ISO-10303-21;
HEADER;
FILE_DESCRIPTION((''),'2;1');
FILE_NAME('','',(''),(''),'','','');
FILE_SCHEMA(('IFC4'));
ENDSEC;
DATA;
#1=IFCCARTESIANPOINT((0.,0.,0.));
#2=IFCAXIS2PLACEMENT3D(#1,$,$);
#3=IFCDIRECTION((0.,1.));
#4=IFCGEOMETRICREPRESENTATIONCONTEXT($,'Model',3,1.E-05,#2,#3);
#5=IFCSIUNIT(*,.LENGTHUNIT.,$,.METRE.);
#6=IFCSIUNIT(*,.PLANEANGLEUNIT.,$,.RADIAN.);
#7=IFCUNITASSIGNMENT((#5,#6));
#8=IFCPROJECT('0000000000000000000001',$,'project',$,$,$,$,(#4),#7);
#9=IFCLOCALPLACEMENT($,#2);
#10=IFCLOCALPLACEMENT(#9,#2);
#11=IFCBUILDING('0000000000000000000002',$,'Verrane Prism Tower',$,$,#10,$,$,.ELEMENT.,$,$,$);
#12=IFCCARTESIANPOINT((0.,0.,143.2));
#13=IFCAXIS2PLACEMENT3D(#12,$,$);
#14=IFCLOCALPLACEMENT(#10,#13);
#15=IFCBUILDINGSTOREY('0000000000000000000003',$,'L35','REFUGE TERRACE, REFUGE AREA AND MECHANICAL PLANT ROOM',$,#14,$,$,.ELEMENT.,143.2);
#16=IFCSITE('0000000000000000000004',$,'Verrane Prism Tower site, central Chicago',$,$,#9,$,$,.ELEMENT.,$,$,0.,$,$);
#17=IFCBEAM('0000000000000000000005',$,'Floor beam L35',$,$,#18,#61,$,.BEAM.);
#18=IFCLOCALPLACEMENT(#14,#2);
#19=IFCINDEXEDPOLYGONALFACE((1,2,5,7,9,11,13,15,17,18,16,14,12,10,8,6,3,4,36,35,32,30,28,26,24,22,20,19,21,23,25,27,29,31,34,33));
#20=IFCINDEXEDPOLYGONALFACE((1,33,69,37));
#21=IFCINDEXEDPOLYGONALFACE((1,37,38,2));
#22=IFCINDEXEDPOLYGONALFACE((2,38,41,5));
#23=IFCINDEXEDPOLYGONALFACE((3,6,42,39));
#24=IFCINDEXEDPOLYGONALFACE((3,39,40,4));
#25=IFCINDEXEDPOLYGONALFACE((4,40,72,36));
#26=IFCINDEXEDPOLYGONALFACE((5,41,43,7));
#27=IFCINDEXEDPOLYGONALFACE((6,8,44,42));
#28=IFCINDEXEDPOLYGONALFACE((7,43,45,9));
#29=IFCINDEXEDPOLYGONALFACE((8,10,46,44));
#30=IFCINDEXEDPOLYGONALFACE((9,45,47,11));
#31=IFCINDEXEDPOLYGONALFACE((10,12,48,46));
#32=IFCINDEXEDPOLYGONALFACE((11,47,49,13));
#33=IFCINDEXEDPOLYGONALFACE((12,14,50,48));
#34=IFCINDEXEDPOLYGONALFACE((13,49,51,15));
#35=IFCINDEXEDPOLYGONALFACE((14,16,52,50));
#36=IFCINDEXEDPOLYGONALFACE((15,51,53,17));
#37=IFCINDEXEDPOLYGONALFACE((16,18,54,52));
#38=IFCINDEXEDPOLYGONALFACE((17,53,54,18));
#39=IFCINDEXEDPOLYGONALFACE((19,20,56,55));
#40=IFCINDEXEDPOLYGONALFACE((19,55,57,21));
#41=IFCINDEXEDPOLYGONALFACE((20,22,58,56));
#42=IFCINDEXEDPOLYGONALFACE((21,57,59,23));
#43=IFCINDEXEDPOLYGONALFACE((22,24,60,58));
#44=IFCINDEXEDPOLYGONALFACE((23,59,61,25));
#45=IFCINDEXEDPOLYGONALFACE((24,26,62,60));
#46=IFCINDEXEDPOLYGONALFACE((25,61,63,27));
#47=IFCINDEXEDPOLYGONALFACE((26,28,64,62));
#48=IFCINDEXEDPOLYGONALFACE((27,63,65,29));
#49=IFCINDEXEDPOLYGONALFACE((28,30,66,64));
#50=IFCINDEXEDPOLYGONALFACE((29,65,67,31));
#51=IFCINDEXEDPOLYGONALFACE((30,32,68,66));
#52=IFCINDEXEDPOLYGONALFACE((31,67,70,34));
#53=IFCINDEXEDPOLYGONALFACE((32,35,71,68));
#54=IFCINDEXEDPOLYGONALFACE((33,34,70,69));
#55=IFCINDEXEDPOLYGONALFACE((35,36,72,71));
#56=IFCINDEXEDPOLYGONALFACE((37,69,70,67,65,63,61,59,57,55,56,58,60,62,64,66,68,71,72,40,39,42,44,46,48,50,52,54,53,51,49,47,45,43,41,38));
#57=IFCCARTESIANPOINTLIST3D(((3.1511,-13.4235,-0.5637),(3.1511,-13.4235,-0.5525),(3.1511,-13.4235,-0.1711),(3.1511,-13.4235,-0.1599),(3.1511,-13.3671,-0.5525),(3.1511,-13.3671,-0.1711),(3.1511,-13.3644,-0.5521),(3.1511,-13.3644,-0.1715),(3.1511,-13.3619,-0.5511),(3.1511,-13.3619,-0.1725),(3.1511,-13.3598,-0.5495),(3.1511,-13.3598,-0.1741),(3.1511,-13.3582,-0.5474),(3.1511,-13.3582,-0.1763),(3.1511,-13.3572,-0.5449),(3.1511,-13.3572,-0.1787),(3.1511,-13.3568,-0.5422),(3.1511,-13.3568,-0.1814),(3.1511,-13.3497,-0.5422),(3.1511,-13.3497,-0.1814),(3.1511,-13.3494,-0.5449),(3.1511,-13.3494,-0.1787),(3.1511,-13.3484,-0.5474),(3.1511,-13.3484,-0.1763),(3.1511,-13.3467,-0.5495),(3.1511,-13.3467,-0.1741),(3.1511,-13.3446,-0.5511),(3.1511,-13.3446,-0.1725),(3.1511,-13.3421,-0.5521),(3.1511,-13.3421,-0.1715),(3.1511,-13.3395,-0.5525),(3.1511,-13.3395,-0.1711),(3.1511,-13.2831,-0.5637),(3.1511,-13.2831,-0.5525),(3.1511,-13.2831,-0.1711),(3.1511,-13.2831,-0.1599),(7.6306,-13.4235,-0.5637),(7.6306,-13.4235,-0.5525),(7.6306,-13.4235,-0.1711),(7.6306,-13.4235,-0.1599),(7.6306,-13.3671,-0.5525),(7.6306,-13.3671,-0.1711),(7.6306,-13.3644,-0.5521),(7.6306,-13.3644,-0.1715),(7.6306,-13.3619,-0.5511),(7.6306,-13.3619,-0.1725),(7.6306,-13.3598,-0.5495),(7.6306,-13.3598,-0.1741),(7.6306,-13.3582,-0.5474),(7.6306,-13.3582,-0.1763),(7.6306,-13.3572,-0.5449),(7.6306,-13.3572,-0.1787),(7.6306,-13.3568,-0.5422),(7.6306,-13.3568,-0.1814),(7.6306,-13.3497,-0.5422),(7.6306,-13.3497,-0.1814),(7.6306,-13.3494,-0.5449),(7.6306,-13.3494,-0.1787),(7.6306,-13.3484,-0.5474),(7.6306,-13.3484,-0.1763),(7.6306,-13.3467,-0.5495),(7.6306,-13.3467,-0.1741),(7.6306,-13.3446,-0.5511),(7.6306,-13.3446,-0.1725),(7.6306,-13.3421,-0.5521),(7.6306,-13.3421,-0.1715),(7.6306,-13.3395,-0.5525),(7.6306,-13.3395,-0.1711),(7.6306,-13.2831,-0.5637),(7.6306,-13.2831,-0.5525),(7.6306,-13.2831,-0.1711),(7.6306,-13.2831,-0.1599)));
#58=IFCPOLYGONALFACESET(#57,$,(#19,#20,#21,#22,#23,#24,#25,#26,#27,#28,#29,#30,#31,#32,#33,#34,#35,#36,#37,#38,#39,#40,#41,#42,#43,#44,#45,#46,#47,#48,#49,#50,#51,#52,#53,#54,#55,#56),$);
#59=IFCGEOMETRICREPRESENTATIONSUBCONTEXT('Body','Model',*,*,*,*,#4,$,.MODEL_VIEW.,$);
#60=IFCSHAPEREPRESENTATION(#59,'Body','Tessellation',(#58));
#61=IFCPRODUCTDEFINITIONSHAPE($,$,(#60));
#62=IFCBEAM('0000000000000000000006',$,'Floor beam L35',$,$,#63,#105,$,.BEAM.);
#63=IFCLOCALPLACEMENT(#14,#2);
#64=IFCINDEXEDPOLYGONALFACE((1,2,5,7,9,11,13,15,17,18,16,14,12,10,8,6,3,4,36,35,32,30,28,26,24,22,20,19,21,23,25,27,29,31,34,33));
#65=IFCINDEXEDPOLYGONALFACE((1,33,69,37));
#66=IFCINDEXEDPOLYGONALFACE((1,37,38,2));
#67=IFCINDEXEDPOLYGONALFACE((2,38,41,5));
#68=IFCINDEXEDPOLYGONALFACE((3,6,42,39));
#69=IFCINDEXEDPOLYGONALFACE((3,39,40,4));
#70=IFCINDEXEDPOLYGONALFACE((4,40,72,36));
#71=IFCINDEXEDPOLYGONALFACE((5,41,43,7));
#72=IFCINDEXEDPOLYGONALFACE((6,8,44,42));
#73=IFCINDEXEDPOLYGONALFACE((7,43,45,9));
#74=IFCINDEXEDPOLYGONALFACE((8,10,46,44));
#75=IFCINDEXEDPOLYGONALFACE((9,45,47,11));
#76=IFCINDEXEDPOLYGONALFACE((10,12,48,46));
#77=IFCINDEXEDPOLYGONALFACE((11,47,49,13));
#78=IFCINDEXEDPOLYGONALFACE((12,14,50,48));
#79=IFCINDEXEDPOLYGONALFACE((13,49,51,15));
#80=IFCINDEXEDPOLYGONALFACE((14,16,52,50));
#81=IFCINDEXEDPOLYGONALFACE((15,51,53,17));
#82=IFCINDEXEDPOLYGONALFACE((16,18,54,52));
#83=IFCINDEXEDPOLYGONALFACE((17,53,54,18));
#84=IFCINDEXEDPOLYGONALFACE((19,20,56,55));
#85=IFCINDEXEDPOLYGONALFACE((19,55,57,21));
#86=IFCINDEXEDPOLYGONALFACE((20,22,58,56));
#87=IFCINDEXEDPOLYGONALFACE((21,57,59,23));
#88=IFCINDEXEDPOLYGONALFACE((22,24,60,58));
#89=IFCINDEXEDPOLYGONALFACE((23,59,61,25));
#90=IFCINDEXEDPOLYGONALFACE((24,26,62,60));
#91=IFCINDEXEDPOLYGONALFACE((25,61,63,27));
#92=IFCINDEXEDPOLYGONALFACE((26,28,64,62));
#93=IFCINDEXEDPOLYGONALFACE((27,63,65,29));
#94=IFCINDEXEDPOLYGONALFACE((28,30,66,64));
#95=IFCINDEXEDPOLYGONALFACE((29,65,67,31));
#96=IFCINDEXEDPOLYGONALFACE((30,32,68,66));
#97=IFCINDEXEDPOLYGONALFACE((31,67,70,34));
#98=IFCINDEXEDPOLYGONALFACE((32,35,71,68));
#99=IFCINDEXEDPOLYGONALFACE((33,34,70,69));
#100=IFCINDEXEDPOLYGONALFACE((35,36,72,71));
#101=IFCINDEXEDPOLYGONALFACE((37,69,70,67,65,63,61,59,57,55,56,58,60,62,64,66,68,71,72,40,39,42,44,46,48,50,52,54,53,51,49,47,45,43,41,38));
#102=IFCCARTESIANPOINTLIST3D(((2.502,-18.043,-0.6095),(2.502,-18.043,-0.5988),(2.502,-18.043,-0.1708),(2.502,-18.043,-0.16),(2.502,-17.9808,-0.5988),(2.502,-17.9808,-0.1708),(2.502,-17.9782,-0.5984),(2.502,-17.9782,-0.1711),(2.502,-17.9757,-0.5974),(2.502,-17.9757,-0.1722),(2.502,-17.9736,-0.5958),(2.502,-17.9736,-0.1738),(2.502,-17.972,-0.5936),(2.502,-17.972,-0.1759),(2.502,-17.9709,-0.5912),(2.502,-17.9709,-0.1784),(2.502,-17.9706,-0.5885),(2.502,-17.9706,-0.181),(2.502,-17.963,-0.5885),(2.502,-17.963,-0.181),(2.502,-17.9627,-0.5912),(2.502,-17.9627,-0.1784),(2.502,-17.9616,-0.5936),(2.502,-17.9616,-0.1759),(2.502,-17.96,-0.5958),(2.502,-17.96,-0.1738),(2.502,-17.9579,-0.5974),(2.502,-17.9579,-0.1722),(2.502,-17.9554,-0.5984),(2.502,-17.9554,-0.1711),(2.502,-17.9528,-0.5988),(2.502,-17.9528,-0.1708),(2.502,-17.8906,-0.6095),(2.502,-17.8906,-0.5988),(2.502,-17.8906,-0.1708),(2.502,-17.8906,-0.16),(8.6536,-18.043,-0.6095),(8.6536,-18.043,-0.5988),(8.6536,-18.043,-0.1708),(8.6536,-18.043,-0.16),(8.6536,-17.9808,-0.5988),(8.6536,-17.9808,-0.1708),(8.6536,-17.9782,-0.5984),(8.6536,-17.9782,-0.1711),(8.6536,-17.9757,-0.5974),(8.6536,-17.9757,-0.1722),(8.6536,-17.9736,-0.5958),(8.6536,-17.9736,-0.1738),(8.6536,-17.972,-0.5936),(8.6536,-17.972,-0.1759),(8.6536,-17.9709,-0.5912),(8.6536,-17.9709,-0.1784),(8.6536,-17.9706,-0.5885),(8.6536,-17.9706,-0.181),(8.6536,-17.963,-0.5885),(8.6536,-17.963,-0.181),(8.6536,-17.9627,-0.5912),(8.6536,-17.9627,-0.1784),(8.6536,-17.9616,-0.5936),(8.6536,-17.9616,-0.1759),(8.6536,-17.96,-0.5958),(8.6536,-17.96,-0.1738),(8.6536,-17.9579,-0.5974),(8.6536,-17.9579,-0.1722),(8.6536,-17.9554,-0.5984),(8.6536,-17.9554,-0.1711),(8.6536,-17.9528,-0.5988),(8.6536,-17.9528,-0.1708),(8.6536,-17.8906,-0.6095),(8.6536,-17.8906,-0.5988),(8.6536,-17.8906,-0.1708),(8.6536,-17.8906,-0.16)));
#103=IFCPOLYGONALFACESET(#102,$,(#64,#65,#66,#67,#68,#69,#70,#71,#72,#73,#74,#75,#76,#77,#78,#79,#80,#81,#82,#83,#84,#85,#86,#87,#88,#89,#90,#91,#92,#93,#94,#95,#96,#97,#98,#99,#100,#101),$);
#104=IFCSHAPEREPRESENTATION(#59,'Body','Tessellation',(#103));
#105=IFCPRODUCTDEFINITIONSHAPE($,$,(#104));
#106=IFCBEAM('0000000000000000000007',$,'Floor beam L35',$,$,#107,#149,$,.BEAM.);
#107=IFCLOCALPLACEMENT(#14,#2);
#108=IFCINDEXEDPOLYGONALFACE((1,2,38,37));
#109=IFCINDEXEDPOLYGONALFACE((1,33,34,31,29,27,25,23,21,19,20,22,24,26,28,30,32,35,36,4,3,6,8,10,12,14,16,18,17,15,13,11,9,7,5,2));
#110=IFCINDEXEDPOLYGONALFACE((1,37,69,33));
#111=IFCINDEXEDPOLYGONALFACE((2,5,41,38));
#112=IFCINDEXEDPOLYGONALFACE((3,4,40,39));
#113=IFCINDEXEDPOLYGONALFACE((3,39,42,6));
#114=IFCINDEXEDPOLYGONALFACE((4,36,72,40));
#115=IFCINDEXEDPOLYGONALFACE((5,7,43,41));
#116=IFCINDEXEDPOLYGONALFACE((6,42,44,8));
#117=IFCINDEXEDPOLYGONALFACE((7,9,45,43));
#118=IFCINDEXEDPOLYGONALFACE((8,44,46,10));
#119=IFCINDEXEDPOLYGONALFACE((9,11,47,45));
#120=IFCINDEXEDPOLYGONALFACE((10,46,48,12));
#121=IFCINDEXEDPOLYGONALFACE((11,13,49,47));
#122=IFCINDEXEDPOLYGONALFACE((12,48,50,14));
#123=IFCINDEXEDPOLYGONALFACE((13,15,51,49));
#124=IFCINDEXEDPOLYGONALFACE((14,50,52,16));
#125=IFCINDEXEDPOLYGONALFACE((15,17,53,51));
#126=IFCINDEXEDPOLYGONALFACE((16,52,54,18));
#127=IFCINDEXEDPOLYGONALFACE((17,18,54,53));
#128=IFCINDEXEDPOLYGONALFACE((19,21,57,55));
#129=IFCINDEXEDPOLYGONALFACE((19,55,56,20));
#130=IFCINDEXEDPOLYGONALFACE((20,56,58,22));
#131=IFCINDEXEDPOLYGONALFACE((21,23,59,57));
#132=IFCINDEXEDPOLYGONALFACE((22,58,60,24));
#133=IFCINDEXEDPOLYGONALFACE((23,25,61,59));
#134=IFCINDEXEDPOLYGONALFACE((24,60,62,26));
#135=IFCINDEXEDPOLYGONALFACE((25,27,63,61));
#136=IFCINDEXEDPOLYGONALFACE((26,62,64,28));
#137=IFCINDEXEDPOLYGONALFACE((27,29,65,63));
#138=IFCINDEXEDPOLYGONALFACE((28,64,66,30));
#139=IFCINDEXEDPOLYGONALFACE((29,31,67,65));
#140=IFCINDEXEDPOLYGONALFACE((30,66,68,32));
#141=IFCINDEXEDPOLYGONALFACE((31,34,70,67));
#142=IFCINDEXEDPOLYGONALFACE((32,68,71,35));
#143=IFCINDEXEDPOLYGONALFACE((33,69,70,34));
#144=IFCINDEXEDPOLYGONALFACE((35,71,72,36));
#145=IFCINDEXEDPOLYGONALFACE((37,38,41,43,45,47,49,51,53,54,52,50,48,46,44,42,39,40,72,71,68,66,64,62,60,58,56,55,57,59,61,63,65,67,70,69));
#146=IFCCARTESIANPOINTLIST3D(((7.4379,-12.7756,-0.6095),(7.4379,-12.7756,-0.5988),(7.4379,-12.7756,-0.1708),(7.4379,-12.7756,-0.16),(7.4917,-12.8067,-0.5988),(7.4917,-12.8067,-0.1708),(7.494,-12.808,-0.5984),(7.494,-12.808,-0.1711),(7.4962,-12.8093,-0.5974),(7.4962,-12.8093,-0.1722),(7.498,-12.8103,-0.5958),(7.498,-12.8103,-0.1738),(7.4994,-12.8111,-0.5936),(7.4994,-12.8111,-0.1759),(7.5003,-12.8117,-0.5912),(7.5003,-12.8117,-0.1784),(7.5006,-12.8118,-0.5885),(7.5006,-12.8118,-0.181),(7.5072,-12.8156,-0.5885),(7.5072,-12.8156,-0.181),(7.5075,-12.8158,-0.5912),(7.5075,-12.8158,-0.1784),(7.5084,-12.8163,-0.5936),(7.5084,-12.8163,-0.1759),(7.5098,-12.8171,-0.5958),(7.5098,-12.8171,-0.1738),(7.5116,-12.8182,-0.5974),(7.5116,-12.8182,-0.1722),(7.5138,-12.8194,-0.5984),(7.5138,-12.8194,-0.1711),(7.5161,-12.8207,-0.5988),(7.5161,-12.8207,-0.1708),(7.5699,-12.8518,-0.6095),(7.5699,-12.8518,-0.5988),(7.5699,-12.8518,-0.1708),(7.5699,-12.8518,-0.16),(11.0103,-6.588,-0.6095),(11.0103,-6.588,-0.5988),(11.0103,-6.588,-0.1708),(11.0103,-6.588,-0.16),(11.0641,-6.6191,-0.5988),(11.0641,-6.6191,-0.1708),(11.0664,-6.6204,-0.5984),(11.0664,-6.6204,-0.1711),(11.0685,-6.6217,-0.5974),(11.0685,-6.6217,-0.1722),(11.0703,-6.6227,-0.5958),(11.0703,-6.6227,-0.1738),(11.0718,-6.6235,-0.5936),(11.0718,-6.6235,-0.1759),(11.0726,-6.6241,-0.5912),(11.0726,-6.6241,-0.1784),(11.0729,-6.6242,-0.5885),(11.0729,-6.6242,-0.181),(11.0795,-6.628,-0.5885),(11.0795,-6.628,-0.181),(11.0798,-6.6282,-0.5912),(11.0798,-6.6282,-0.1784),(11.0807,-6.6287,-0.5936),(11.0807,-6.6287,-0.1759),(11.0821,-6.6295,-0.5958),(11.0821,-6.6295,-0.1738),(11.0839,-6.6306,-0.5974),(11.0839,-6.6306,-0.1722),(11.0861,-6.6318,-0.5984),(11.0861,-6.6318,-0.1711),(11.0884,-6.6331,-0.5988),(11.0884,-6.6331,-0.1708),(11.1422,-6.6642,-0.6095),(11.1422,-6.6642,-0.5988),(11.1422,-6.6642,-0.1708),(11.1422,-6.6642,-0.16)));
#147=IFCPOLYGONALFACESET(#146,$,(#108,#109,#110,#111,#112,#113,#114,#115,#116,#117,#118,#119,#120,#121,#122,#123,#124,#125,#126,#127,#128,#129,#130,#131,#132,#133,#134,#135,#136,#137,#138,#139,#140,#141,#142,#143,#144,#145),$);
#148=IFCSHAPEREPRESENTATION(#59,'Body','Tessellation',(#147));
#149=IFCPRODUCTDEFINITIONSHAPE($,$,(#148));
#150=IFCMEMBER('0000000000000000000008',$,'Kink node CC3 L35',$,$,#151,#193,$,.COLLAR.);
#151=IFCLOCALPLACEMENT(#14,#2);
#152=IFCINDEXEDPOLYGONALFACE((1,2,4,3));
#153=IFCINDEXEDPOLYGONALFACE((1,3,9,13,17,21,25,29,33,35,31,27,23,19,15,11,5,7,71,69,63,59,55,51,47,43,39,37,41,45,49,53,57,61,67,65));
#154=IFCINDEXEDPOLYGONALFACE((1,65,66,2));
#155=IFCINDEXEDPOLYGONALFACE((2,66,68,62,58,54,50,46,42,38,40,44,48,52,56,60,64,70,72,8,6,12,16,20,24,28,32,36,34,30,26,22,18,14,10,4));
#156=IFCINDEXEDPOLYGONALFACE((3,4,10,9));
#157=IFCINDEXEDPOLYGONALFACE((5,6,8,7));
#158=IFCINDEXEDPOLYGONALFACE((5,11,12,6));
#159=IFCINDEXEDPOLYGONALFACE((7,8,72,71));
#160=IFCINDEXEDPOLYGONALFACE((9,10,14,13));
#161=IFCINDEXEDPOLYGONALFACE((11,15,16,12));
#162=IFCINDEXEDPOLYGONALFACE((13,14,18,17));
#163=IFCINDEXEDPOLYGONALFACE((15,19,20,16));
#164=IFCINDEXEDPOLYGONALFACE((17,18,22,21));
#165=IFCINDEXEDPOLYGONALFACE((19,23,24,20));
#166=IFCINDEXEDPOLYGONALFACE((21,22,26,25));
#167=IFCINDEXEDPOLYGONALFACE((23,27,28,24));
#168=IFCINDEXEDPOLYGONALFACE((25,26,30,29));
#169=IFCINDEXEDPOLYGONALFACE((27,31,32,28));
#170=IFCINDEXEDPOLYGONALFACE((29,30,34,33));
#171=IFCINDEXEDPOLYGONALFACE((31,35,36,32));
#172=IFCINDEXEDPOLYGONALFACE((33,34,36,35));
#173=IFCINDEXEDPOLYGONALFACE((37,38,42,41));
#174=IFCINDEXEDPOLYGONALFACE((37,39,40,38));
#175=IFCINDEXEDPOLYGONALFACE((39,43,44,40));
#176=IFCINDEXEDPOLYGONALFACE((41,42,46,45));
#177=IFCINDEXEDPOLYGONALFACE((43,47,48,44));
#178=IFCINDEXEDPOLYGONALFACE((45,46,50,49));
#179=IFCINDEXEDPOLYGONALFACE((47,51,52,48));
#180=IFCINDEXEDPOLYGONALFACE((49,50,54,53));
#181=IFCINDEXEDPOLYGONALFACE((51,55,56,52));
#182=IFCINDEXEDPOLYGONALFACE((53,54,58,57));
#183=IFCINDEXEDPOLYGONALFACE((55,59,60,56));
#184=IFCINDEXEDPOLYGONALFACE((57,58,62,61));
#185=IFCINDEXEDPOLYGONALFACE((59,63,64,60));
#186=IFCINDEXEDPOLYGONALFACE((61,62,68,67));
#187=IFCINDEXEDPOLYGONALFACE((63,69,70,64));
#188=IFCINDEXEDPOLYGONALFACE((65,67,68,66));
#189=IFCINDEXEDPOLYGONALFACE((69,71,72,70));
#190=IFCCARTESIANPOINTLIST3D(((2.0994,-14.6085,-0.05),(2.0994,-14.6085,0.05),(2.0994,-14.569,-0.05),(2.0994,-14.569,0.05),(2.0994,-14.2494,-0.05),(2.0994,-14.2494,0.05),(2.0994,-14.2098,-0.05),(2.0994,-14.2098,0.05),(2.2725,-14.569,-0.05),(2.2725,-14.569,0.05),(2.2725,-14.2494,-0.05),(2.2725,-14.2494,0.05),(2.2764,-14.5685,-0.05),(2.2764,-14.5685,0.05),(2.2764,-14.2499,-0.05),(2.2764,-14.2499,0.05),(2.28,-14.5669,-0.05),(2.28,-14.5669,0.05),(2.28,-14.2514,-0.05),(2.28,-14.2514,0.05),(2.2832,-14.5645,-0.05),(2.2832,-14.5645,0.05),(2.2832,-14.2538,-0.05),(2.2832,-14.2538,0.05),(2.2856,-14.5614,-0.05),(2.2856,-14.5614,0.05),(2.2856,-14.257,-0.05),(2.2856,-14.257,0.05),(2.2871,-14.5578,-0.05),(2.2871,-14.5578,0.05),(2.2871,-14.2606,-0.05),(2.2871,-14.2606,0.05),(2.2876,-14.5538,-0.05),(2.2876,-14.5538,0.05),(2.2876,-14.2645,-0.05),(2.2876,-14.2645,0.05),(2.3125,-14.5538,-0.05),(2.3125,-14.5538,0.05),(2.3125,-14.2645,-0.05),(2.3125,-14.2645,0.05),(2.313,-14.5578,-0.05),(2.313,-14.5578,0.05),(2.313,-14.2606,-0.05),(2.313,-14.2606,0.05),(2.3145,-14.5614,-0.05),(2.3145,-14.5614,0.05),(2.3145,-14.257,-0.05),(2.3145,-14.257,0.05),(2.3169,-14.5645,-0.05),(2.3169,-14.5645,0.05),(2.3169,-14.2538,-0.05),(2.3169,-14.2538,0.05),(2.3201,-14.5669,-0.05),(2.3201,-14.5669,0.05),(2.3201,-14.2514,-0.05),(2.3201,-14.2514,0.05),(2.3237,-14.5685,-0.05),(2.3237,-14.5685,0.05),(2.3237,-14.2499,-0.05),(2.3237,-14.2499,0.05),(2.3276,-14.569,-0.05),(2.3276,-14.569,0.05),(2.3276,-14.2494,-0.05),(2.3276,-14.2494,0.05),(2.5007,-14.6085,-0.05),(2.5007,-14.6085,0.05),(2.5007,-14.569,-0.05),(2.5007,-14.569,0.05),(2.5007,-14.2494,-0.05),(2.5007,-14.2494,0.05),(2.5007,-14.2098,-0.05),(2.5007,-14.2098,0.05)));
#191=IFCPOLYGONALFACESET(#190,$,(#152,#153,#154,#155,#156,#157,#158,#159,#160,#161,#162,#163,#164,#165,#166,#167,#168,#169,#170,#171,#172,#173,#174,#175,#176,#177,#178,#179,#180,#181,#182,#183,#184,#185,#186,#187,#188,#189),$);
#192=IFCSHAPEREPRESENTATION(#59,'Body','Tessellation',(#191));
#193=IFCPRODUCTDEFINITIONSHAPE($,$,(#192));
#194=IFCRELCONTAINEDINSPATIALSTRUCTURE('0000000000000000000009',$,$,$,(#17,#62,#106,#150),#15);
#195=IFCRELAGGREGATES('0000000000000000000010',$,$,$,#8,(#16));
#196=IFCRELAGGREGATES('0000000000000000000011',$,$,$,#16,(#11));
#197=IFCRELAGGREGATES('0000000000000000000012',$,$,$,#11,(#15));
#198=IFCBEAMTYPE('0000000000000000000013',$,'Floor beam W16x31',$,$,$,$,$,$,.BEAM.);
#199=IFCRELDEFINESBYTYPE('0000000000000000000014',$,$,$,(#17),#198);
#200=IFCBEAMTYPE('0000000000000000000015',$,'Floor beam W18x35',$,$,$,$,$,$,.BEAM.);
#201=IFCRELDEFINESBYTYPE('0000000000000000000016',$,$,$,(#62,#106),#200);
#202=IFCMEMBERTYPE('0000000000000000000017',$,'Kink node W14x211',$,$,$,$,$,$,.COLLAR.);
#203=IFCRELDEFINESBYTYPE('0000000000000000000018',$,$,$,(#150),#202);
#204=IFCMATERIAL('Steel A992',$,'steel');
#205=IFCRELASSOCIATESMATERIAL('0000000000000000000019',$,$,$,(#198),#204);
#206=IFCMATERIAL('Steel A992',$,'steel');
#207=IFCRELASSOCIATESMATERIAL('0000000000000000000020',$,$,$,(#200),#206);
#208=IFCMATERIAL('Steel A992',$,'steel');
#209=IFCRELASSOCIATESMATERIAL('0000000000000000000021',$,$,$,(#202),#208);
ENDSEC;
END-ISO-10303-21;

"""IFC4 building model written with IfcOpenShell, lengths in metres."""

from ifc_helpers import new_model, si_unit, direction, frame, origin, origin_2d, place, context, subcontext, project, spatial, i_section, extrude, material, material_profile, profile_set, type_object, element, save


model = new_model("IFC4")

# Units and contexts
model_context = context("Model", 3, precision=1e-05, world=origin(), true_north=direction((0.0, 1.0)))
body_context = subcontext(model_context, "Body", "Model", "MODEL_VIEW")
ifc_project = project(units=[si_unit("LENGTHUNIT", "METRE"), si_unit("PLANEANGLEUNIT", "RADIAN")], contexts=[model_context])

# Site, building, storey
site_placement = place(None, origin())
site = spatial("IfcSite", under=ifc_project, at=site_placement, Name="Verrane Prism Tower site, central Chicago", CompositionType="ELEMENT", RefElevation=0.0)
building_placement = place(site_placement, origin())
building = spatial("IfcBuilding", under=site, at=building_placement, Name="Verrane Prism Tower", CompositionType="ELEMENT")
storey_placement = place(building_placement, frame((0.0, 0.0, 143.2)))
storey = spatial("IfcBuildingStorey", under=building, at=storey_placement, Name="L35", Description="REFUGE TERRACE, REFUGE AREA AND MECHANICAL PLANT ROOM", CompositionType="ELEMENT", Elevation=143.2)

# Beams
ifc_material_1 = material(Name="Steel A992", Category="steel")
ifc_material_profile_1 = material_profile(ifc_material_1, i_section(OverallWidth=0.1404, OverallDepth=0.4038, WebThickness=0.0071, FlangeThickness=0.0112, FilletRadius=0.0103, at=origin_2d()), Name="W16x31")
ifc_profile_set_1 = profile_set([ifc_material_profile_1], Name="Steel A992")
beam_type_1 = type_object("IfcBeamType", Name="Floor beam W16x31", PredefinedType="BEAM", material=ifc_profile_set_1)
beam_1_placement = place(storey_placement, frame((3.1511, -13.3533, -0.3618), z_axis=(1.0, 0.0, 0.0), x_axis=(0.0, 1.0, 0.0)))
element("IfcBeam", 1, at=beam_1_placement, inside=storey, type_object=beam_type_1, Name="Floor beam L35", PredefinedType="BEAM", context=body_context, shape_type="SweptSolid", body=[
    extrude(i_section(OverallWidth=0.1404, OverallDepth=0.4038, WebThickness=0.0071, FlangeThickness=0.0112, FilletRadius=0.0103, at=origin_2d()), origin(), (0.0, 0.0, 1.0), 4.4795),
])
ifc_material_2 = material(Name="Steel A992", Category="steel")
ifc_material_profile_2 = material_profile(ifc_material_2, i_section(OverallWidth=0.1523, OverallDepth=0.4495, WebThickness=0.0076, FlangeThickness=0.0107, FilletRadius=0.0103, at=origin_2d()), Name="W18x35")
ifc_profile_set_2 = profile_set([ifc_material_profile_2], Name="Steel A992")
beam_type_2 = type_object("IfcBeamType", Name="Floor beam W18x35", PredefinedType="BEAM", material=ifc_profile_set_2)
beam_2_placement = place(storey_placement, frame((2.502, -17.9668, -0.3848), z_axis=(1.0, 0.0, 0.0), x_axis=(0.0, 1.0, 0.0)))
element("IfcBeam", 2, at=beam_2_placement, inside=storey, type_object=beam_type_2, Name="Floor beam L35", PredefinedType="BEAM", context=body_context, shape_type="SweptSolid", body=[
    extrude(i_section(OverallWidth=0.1523, OverallDepth=0.4495, WebThickness=0.0076, FlangeThickness=0.0107, FilletRadius=0.0103, at=origin_2d()), origin(), (0.0, 0.0, 1.0), 6.1516),
])
beam_3_placement = place(storey_placement, frame((7.5039, -12.8137, -0.3848), z_axis=(0.499991, 0.866031, 0.0), x_axis=(-0.866031, 0.499991, 0.0)))
element("IfcBeam", 3, at=beam_3_placement, inside=storey, type_object=beam_type_2, Name="Floor beam L35", PredefinedType="BEAM", context=body_context, shape_type="SweptSolid", body=[
    extrude(i_section(OverallWidth=0.1523, OverallDepth=0.4495, WebThickness=0.0076, FlangeThickness=0.0107, FilletRadius=0.0103, at=origin_2d()), origin(), (0.0, 0.0, 1.0), 7.1448),
])

# Member
ifc_material_3 = material(Name="Steel A992", Category="steel")
ifc_material_profile_3 = material_profile(ifc_material_3, i_section(OverallWidth=0.4014, OverallDepth=0.3987, WebThickness=0.0249, FlangeThickness=0.0396, FilletRadius=0.0151, at=origin_2d()), Name="W14x211")
ifc_profile_set_3 = profile_set([ifc_material_profile_3], Name="Steel A992")
member_type_1 = type_object("IfcMemberType", Name="Kink node W14x211", PredefinedType="COLLAR", material=ifc_profile_set_3)
member_1_placement = place(storey_placement, frame((2.3, -14.4092, -0.05), z_axis=(0.0, 0.0, 1.0), x_axis=(1.0, 0.0, 0.0)))
element("IfcMember", 4, at=member_1_placement, inside=storey, type_object=member_type_1, Name="Kink node CC3 L35", PredefinedType="COLLAR", context=body_context, shape_type="SweptSolid", body=[
    extrude(i_section(OverallWidth=0.4014, OverallDepth=0.3987, WebThickness=0.0249, FlangeThickness=0.0396, FilletRadius=0.0151, at=origin_2d()), origin(), (0.0, 0.0, 1.0), 0.1001),
])

save(model, "model.ifc")
